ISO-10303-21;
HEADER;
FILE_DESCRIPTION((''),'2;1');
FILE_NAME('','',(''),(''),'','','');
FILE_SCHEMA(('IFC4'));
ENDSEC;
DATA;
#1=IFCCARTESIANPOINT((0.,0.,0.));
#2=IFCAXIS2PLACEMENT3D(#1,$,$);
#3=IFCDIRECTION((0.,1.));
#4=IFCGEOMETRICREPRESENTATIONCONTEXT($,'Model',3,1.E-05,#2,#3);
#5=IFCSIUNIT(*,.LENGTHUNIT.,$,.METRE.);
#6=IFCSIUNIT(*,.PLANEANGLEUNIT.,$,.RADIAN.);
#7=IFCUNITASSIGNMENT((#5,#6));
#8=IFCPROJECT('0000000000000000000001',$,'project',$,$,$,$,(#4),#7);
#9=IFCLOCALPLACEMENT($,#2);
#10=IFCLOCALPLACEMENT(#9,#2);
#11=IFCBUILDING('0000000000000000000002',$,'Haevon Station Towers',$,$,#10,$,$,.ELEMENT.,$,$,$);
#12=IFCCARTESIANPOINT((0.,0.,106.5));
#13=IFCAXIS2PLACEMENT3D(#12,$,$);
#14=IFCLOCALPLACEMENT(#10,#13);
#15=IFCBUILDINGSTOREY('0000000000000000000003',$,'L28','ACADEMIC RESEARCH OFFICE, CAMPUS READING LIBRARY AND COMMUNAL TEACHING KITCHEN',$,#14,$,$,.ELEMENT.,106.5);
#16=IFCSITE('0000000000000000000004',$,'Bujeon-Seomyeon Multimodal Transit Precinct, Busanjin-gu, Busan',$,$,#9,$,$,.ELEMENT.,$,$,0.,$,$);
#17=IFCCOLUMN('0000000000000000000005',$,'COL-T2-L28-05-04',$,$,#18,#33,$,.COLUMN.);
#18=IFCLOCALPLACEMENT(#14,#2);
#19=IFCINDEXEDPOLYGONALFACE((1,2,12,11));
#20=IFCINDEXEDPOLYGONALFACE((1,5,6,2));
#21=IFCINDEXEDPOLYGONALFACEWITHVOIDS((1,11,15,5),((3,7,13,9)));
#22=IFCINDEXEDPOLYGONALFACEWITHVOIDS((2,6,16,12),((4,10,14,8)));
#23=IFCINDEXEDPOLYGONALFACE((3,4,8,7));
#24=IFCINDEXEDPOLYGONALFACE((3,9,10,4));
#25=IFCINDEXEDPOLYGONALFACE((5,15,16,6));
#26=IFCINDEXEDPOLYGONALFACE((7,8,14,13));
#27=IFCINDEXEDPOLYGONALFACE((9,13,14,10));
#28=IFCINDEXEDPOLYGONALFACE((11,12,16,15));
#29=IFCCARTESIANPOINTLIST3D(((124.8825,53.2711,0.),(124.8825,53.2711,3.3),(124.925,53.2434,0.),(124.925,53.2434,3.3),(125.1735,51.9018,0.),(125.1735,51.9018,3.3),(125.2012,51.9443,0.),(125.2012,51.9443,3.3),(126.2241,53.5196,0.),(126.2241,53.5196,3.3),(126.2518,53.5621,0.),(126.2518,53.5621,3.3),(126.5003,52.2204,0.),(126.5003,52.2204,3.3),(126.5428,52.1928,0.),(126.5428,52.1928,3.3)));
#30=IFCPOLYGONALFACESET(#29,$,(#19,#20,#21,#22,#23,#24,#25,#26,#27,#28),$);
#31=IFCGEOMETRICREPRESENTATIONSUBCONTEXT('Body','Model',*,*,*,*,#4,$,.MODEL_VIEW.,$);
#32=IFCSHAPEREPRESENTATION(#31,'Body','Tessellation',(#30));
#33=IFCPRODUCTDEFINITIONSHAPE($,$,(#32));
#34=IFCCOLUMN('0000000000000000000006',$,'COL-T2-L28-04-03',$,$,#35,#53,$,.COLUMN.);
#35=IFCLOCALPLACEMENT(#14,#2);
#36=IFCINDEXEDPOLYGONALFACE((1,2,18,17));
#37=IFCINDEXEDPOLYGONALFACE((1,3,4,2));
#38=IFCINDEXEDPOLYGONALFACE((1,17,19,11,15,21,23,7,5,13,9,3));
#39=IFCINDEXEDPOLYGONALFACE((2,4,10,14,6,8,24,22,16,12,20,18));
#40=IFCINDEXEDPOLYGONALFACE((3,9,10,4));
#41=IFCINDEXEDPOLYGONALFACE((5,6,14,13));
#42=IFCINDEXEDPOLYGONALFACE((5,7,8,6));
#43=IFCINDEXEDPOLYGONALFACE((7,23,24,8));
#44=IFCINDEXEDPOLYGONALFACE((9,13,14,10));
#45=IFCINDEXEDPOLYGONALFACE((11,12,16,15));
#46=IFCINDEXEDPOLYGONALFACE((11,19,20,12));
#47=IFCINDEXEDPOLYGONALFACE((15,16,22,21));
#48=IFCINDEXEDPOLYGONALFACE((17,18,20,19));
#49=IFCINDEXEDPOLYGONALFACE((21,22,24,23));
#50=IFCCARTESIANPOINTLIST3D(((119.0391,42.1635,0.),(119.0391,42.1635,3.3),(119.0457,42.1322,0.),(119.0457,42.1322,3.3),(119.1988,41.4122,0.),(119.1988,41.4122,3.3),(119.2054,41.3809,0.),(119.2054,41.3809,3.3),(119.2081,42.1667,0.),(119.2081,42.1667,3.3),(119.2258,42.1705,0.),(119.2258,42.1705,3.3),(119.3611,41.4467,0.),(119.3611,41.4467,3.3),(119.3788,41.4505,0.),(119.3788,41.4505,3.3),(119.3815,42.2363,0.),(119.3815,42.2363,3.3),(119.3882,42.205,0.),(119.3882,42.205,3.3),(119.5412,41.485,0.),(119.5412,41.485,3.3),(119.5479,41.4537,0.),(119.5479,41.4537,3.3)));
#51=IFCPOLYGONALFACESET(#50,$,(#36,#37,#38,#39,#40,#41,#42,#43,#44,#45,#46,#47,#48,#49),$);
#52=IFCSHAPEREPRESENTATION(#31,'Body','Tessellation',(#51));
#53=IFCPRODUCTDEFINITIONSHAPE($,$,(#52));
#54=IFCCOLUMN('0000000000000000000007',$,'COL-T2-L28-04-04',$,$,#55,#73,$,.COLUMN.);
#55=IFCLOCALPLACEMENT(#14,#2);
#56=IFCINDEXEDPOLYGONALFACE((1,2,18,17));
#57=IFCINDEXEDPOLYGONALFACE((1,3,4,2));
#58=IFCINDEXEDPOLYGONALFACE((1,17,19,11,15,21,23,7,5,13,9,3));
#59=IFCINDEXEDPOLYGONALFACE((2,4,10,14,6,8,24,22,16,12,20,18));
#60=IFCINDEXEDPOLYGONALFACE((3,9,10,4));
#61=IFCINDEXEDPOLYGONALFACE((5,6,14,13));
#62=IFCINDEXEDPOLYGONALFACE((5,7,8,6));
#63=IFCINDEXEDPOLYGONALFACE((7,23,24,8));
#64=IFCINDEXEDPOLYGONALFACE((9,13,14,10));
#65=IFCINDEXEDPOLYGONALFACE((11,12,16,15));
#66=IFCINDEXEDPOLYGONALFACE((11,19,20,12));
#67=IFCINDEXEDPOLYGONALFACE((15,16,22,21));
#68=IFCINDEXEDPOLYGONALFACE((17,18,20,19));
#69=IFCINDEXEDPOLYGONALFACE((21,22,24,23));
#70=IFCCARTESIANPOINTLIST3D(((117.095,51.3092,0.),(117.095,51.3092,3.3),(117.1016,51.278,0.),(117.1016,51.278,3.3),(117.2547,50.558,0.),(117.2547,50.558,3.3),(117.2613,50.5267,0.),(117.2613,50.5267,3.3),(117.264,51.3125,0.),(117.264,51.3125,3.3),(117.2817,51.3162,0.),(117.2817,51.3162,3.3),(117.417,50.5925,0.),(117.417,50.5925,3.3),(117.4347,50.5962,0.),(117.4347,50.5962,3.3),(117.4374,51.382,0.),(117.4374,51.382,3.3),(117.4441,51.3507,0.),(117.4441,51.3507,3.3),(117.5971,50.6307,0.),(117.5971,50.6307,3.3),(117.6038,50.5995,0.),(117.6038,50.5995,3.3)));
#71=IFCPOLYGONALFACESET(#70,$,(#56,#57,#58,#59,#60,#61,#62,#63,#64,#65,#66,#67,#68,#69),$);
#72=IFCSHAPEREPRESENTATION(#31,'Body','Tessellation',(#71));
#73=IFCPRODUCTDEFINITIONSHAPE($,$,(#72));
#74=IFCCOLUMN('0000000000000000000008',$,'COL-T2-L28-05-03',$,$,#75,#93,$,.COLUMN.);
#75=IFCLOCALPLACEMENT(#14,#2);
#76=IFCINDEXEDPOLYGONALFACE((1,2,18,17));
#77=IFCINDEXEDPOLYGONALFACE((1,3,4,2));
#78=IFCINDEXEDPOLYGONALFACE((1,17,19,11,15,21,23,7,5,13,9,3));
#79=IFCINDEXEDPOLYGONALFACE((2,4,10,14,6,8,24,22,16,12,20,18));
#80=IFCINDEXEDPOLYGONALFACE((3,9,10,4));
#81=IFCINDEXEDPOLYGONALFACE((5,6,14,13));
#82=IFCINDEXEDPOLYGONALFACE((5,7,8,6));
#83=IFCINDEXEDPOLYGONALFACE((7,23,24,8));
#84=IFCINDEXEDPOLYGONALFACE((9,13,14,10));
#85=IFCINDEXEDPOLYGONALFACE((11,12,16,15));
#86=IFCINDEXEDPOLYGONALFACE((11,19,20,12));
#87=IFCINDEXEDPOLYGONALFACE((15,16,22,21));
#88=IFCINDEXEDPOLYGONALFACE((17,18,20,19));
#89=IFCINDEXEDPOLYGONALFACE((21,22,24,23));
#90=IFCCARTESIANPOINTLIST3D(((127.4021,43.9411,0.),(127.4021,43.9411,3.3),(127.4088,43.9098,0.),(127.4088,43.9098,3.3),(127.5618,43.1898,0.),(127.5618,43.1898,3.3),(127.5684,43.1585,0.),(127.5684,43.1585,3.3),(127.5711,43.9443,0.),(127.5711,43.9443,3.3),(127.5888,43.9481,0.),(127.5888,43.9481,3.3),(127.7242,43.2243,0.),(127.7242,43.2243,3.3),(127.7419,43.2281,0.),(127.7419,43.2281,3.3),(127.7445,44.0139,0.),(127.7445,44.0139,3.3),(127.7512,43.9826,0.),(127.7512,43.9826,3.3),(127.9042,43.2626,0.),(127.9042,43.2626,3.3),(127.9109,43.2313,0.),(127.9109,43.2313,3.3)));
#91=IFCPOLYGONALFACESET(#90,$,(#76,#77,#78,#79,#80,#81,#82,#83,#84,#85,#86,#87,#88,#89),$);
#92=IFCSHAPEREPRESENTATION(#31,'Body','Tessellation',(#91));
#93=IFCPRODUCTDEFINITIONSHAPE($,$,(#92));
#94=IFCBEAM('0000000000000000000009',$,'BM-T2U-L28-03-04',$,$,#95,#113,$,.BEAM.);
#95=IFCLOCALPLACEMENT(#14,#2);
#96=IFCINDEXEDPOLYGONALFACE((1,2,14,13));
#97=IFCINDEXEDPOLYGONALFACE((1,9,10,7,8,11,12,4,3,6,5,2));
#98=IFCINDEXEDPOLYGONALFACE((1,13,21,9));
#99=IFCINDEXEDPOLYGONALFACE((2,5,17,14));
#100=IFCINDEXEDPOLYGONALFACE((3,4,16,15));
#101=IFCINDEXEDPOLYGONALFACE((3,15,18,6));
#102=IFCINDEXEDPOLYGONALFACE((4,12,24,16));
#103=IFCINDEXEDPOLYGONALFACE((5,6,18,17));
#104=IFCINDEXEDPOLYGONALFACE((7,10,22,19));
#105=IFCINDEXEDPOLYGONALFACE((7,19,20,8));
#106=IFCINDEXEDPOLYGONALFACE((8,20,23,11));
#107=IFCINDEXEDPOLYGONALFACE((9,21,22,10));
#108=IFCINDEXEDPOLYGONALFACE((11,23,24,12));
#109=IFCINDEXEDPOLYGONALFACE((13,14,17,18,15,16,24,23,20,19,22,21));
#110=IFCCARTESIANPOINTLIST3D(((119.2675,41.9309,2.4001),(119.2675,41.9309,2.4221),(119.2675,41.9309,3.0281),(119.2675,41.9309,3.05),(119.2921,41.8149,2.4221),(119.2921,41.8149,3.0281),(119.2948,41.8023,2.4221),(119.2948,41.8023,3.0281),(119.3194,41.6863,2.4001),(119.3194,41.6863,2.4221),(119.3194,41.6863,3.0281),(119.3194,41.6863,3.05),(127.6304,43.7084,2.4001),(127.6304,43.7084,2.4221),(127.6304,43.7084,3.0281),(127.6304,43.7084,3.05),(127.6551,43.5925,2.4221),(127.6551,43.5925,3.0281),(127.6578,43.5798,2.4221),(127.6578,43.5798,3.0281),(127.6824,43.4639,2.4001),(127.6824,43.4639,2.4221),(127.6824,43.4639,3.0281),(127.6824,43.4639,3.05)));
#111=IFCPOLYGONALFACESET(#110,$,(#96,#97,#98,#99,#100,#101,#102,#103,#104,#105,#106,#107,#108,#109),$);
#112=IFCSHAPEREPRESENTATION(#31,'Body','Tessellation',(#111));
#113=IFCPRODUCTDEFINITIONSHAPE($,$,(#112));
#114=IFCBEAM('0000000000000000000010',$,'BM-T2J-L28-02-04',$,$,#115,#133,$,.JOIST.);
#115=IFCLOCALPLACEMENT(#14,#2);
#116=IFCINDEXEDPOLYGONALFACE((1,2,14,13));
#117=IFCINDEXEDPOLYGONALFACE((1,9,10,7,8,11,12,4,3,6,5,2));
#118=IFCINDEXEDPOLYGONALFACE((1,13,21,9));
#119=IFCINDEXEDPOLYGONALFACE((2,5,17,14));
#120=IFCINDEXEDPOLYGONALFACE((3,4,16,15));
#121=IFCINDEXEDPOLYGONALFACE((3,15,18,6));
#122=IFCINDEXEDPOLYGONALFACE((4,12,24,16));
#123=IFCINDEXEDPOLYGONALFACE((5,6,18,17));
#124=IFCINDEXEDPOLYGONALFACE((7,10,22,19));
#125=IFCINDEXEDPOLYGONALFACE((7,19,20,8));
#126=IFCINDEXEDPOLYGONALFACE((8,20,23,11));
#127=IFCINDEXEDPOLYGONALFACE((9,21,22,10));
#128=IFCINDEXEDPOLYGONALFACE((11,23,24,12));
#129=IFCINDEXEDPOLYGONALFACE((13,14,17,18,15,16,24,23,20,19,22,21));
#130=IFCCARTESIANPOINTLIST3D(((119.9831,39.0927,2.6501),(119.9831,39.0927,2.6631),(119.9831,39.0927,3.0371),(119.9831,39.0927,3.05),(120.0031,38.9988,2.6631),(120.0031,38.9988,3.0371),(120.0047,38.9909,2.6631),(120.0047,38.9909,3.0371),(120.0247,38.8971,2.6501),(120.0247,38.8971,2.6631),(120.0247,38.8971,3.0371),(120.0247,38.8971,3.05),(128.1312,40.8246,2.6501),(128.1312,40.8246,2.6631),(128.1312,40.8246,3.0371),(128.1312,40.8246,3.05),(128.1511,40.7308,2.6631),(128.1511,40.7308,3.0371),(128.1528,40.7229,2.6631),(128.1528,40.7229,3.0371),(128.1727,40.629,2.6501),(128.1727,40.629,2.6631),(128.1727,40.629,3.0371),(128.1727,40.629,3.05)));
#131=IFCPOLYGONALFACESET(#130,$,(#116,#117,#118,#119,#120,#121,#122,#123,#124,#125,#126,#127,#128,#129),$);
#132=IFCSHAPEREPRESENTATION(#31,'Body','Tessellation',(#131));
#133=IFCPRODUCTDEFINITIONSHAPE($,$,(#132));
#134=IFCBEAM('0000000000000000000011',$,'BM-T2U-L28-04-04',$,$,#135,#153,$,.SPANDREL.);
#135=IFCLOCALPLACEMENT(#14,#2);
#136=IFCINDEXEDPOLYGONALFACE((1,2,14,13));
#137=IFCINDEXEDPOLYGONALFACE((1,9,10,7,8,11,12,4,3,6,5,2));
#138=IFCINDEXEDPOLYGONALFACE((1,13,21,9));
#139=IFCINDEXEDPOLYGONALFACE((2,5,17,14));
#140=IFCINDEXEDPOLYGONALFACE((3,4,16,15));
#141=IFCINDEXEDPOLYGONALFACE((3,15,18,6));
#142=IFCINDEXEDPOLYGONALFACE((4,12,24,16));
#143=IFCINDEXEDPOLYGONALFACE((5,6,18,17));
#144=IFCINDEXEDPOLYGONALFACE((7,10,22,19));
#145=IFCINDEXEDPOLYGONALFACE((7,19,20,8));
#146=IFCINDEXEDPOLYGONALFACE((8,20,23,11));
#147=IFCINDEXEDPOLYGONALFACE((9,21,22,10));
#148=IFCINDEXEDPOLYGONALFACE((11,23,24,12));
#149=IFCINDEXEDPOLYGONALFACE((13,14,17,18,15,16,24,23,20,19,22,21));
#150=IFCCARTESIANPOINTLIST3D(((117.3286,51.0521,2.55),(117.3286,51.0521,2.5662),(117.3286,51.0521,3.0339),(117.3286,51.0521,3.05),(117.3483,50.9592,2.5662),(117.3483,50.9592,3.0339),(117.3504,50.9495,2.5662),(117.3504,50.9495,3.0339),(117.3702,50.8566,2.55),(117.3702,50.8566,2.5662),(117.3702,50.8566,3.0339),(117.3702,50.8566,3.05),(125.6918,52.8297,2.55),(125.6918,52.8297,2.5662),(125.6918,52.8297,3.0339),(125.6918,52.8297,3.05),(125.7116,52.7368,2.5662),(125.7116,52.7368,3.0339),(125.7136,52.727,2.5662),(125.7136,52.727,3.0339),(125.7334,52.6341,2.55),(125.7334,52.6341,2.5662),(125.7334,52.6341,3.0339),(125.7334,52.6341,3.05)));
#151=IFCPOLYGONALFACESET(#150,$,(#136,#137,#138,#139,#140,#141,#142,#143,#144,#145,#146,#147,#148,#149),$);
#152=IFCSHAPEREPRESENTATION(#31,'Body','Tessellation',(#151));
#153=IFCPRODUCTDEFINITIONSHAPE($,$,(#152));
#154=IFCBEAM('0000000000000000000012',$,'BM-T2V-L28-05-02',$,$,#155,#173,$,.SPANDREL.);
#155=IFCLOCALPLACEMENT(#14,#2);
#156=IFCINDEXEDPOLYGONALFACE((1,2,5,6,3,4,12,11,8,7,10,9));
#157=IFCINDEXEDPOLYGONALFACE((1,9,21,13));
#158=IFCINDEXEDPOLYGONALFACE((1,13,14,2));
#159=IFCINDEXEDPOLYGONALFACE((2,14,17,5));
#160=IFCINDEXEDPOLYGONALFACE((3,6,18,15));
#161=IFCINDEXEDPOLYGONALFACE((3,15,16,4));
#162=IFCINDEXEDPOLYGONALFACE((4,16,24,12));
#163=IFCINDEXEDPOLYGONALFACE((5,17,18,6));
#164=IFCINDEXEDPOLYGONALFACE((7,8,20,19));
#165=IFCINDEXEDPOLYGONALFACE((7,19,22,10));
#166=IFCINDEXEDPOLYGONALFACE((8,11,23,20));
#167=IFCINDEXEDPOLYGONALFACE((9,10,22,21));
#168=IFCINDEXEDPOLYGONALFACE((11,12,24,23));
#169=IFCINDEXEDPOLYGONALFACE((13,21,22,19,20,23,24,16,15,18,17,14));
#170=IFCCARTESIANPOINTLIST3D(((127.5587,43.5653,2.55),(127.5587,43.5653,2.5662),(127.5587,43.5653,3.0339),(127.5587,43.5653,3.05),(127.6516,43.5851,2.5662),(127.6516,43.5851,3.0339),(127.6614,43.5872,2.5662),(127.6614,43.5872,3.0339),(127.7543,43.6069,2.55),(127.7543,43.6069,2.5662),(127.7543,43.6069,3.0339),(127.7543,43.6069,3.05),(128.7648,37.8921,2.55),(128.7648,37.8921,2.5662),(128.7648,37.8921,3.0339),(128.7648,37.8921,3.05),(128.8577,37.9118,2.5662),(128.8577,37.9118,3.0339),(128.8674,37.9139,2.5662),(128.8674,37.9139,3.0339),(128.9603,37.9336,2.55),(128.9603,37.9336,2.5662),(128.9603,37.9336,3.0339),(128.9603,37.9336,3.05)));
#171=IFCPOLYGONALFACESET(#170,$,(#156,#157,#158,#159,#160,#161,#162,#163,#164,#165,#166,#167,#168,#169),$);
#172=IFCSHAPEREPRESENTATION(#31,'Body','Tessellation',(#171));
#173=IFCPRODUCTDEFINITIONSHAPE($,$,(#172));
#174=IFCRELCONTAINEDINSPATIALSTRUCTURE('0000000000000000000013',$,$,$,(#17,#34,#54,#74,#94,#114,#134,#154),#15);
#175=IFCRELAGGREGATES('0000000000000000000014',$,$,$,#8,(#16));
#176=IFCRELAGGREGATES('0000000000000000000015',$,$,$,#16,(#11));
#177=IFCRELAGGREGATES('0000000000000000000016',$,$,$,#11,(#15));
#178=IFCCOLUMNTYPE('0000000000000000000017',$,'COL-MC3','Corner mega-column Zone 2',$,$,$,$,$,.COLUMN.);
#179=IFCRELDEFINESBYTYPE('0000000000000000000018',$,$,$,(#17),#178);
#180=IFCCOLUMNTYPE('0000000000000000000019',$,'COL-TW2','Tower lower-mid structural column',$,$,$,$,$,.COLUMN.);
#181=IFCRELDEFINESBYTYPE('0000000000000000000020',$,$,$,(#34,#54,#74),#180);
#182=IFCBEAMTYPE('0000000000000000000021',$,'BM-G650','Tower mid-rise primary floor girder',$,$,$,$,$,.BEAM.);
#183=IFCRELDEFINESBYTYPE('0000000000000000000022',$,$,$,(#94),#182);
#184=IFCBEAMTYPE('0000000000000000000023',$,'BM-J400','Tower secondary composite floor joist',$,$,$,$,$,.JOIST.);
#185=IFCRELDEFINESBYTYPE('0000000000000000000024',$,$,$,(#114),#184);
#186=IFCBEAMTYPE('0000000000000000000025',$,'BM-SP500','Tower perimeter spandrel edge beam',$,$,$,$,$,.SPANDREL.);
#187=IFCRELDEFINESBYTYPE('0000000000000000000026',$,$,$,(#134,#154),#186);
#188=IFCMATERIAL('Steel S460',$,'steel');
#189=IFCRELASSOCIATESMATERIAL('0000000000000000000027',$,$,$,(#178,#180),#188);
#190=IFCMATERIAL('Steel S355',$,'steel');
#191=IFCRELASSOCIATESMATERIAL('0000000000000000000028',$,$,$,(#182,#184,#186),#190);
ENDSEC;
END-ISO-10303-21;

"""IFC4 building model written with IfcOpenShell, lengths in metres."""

from ifc_helpers import new_model, si_unit, direction, frame, origin, origin_2d, place, context, subcontext, project, spatial, hollow_rectangle, i_section, extrude, material, material_profile, profile_set, type_object, element, save


model = new_model("IFC4")

# Units and contexts
model_context = context("Model", 3, precision=1e-05, world=origin(), true_north=direction((0.0, 1.0)))
body_context = subcontext(model_context, "Body", "Model", "MODEL_VIEW")
ifc_project = project(units=[si_unit("LENGTHUNIT", "METRE"), si_unit("PLANEANGLEUNIT", "RADIAN")], contexts=[model_context])

# Site, building, storey
site_placement = place(None, origin())
site = spatial("IfcSite", under=ifc_project, at=site_placement, Name="Bujeon-Seomyeon Multimodal Transit Precinct, Busanjin-gu, Busan", CompositionType="ELEMENT", RefElevation=0.0)
building_placement = place(site_placement, origin())
building = spatial("IfcBuilding", under=site, at=building_placement, Name="Haevon Station Towers", CompositionType="ELEMENT")
storey_placement = place(building_placement, frame((0.0, 0.0, 106.5)))
storey = spatial("IfcBuildingStorey", under=building, at=storey_placement, Name="L28", Description="ACADEMIC RESEARCH OFFICE, CAMPUS READING LIBRARY AND COMMUNAL TEACHING KITCHEN", CompositionType="ELEMENT", Elevation=106.5)

# Columns
ifc_material_1 = material(Name="Steel S460", Category="steel")
ifc_material_profile_1 = material_profile(ifc_material_1, hollow_rectangle(XDim=1.3999, YDim=1.3999, WallThickness=0.0359, at=origin_2d()), Name="BOX-1400x1400x36")
ifc_profile_set_1 = profile_set([ifc_material_profile_1], Name="Steel S460")
column_type_1 = type_object("IfcColumnType", Name="COL-MC3", Description="Corner mega-column Zone 2", PredefinedType="COLUMN", material=ifc_profile_set_1)
column_placement = place(storey_placement, frame((125.7126, 52.7319, 0.0), z_axis=(0.0, 0.0, 1.0), x_axis=(0.978148, 0.207912, 0.0)))
element("IfcColumn", 1, at=column_placement, inside=storey, type_object=column_type_1, Name="COL-T2-L28-05-04", PredefinedType="COLUMN", context=body_context, shape_type="SweptSolid", body=[
    extrude(hollow_rectangle(XDim=1.3999, YDim=1.3999, WallThickness=0.0359, at=origin_2d()), origin(), (0.0, 0.0, 1.0), 3.3),
])
ifc_material_profile_2 = material_profile(ifc_material_1, i_section(OverallWidth=0.3501, OverallDepth=0.8, WebThickness=0.0181, FlangeThickness=0.032, at=origin_2d()), Name="H-800x350x18x32")
ifc_profile_set_2 = profile_set([ifc_material_profile_2], Name="Steel S460")
column_type_2 = type_object("IfcColumnType", Name="COL-TW2", Description="Tower lower-mid structural column", PredefinedType="COLUMN", material=ifc_profile_set_2)
for number, where, z_axis, x_axis, name in (
    (2, (119.2935, 41.8086, 0.0), (0.0, 0.0, 1.0), (0.978148, 0.207912, 0.0), "COL-T2-L28-04-03"),
    (3, (117.3494, 50.9543, 0.0), (0.0, 0.0, 1.0), (0.978148, 0.207912, 0.0), "COL-T2-L28-04-04"),
    (4, (127.6565, 43.5862, 0.0), (0.0, 0.0, 1.0), (0.978148, 0.207912, 0.0), "COL-T2-L28-05-03"),
):
    element("IfcColumn", number, at=place(storey_placement, frame(where, z_axis=z_axis, x_axis=x_axis)), inside=storey, type_object=column_type_2, Name=name, PredefinedType="COLUMN", context=body_context, shape_type="SweptSolid", body=[
        extrude(i_section(OverallWidth=0.3501, OverallDepth=0.8, WebThickness=0.0181, FlangeThickness=0.032, at=origin_2d()), origin(), (0.0, 0.0, 1.0), 3.3),
    ])

# Beams
ifc_material_2 = material(Name="Steel S355", Category="steel")
ifc_material_profile_3 = material_profile(ifc_material_2, i_section(OverallWidth=0.25, OverallDepth=0.6499, WebThickness=0.0129, FlangeThickness=0.022, at=origin_2d()), Name="H-650x250x13x22")
ifc_profile_set_3 = profile_set([ifc_material_profile_3], Name="Steel S355")
beam_type_1 = type_object("IfcBeamType", Name="BM-G650", Description="Tower mid-rise primary floor girder", PredefinedType="BEAM", material=ifc_profile_set_3)
beam_1_placement = place(storey_placement, frame((119.2935, 41.8086, 2.7251), z_axis=(0.978148, 0.207908, 0.0), x_axis=(-0.207908, 0.978148, 0.0)))
element("IfcBeam", 5, at=beam_1_placement, inside=storey, type_object=beam_type_1, Name="BM-T2U-L28-03-04", PredefinedType="BEAM", context=body_context, shape_type="SweptSolid", body=[
    extrude(i_section(OverallWidth=0.25, OverallDepth=0.6499, WebThickness=0.0129, FlangeThickness=0.022, at=origin_2d()), origin(), (0.0, 0.0, 1.0), 8.5498),
])
ifc_material_profile_4 = material_profile(ifc_material_2, i_section(OverallWidth=0.2, OverallDepth=0.3999, WebThickness=0.0081, FlangeThickness=0.0129, at=origin_2d()), Name="H-400x200x8x13")
ifc_profile_set_4 = profile_set([ifc_material_profile_4], Name="Steel S355")
beam_type_2 = type_object("IfcBeamType", Name="BM-J400", Description="Tower secondary composite floor joist", PredefinedType="JOIST", material=ifc_profile_set_4)
beam_2_placement = place(storey_placement, frame((120.0039, 38.9949, 2.8501), z_axis=(0.978147, 0.207916, 0.0), x_axis=(-0.207916, 0.978147, 0.0)))
element("IfcBeam", 6, at=beam_2_placement, inside=storey, type_object=beam_type_2, Name="BM-T2J-L28-02-04", PredefinedType="JOIST", context=body_context, shape_type="SweptSolid", body=[
    extrude(i_section(OverallWidth=0.2, OverallDepth=0.3999, WebThickness=0.0081, FlangeThickness=0.0129, at=origin_2d()), origin(), (0.0, 0.0, 1.0), 8.3301),
])
ifc_material_profile_5 = material_profile(ifc_material_2, i_section(OverallWidth=0.2, OverallDepth=0.5, WebThickness=0.01, FlangeThickness=0.0161, at=origin_2d()), Name="H-500x200x10x16")
ifc_profile_set_5 = profile_set([ifc_material_profile_5], Name="Steel S355")
beam_type_3 = type_object("IfcBeamType", Name="BM-SP500", Description="Tower perimeter spandrel edge beam", PredefinedType="SPANDREL", material=ifc_profile_set_5)
beam_3_placement = place(storey_placement, frame((117.3494, 50.9543, 2.8), z_axis=(0.97815, 0.207902, 0.0), x_axis=(-0.207902, 0.97815, 0.0)))
element("IfcBeam", 7, at=beam_3_placement, inside=storey, type_object=beam_type_3, Name="BM-T2U-L28-04-04", PredefinedType="SPANDREL", context=body_context, shape_type="SweptSolid", body=[
    extrude(i_section(OverallWidth=0.2, OverallDepth=0.5, WebThickness=0.01, FlangeThickness=0.0161, at=origin_2d()), origin(), (0.0, 0.0, 1.0), 8.55),
])
beam_4_placement = place(storey_placement, frame((128.8625, 37.9128, 2.8), z_axis=(-0.207936, 0.978142, 0.0), x_axis=(-0.978142, -0.207936, 0.0)))
element("IfcBeam", 8, at=beam_4_placement, inside=storey, type_object=beam_type_3, Name="BM-T2V-L28-05-02", PredefinedType="SPANDREL", context=body_context, shape_type="SweptSolid", body=[
    extrude(i_section(OverallWidth=0.2, OverallDepth=0.5, WebThickness=0.01, FlangeThickness=0.0161, at=origin_2d()), origin(), (0.0, 0.0, 1.0), 5.8),
])

save(model, "model.ifc")
